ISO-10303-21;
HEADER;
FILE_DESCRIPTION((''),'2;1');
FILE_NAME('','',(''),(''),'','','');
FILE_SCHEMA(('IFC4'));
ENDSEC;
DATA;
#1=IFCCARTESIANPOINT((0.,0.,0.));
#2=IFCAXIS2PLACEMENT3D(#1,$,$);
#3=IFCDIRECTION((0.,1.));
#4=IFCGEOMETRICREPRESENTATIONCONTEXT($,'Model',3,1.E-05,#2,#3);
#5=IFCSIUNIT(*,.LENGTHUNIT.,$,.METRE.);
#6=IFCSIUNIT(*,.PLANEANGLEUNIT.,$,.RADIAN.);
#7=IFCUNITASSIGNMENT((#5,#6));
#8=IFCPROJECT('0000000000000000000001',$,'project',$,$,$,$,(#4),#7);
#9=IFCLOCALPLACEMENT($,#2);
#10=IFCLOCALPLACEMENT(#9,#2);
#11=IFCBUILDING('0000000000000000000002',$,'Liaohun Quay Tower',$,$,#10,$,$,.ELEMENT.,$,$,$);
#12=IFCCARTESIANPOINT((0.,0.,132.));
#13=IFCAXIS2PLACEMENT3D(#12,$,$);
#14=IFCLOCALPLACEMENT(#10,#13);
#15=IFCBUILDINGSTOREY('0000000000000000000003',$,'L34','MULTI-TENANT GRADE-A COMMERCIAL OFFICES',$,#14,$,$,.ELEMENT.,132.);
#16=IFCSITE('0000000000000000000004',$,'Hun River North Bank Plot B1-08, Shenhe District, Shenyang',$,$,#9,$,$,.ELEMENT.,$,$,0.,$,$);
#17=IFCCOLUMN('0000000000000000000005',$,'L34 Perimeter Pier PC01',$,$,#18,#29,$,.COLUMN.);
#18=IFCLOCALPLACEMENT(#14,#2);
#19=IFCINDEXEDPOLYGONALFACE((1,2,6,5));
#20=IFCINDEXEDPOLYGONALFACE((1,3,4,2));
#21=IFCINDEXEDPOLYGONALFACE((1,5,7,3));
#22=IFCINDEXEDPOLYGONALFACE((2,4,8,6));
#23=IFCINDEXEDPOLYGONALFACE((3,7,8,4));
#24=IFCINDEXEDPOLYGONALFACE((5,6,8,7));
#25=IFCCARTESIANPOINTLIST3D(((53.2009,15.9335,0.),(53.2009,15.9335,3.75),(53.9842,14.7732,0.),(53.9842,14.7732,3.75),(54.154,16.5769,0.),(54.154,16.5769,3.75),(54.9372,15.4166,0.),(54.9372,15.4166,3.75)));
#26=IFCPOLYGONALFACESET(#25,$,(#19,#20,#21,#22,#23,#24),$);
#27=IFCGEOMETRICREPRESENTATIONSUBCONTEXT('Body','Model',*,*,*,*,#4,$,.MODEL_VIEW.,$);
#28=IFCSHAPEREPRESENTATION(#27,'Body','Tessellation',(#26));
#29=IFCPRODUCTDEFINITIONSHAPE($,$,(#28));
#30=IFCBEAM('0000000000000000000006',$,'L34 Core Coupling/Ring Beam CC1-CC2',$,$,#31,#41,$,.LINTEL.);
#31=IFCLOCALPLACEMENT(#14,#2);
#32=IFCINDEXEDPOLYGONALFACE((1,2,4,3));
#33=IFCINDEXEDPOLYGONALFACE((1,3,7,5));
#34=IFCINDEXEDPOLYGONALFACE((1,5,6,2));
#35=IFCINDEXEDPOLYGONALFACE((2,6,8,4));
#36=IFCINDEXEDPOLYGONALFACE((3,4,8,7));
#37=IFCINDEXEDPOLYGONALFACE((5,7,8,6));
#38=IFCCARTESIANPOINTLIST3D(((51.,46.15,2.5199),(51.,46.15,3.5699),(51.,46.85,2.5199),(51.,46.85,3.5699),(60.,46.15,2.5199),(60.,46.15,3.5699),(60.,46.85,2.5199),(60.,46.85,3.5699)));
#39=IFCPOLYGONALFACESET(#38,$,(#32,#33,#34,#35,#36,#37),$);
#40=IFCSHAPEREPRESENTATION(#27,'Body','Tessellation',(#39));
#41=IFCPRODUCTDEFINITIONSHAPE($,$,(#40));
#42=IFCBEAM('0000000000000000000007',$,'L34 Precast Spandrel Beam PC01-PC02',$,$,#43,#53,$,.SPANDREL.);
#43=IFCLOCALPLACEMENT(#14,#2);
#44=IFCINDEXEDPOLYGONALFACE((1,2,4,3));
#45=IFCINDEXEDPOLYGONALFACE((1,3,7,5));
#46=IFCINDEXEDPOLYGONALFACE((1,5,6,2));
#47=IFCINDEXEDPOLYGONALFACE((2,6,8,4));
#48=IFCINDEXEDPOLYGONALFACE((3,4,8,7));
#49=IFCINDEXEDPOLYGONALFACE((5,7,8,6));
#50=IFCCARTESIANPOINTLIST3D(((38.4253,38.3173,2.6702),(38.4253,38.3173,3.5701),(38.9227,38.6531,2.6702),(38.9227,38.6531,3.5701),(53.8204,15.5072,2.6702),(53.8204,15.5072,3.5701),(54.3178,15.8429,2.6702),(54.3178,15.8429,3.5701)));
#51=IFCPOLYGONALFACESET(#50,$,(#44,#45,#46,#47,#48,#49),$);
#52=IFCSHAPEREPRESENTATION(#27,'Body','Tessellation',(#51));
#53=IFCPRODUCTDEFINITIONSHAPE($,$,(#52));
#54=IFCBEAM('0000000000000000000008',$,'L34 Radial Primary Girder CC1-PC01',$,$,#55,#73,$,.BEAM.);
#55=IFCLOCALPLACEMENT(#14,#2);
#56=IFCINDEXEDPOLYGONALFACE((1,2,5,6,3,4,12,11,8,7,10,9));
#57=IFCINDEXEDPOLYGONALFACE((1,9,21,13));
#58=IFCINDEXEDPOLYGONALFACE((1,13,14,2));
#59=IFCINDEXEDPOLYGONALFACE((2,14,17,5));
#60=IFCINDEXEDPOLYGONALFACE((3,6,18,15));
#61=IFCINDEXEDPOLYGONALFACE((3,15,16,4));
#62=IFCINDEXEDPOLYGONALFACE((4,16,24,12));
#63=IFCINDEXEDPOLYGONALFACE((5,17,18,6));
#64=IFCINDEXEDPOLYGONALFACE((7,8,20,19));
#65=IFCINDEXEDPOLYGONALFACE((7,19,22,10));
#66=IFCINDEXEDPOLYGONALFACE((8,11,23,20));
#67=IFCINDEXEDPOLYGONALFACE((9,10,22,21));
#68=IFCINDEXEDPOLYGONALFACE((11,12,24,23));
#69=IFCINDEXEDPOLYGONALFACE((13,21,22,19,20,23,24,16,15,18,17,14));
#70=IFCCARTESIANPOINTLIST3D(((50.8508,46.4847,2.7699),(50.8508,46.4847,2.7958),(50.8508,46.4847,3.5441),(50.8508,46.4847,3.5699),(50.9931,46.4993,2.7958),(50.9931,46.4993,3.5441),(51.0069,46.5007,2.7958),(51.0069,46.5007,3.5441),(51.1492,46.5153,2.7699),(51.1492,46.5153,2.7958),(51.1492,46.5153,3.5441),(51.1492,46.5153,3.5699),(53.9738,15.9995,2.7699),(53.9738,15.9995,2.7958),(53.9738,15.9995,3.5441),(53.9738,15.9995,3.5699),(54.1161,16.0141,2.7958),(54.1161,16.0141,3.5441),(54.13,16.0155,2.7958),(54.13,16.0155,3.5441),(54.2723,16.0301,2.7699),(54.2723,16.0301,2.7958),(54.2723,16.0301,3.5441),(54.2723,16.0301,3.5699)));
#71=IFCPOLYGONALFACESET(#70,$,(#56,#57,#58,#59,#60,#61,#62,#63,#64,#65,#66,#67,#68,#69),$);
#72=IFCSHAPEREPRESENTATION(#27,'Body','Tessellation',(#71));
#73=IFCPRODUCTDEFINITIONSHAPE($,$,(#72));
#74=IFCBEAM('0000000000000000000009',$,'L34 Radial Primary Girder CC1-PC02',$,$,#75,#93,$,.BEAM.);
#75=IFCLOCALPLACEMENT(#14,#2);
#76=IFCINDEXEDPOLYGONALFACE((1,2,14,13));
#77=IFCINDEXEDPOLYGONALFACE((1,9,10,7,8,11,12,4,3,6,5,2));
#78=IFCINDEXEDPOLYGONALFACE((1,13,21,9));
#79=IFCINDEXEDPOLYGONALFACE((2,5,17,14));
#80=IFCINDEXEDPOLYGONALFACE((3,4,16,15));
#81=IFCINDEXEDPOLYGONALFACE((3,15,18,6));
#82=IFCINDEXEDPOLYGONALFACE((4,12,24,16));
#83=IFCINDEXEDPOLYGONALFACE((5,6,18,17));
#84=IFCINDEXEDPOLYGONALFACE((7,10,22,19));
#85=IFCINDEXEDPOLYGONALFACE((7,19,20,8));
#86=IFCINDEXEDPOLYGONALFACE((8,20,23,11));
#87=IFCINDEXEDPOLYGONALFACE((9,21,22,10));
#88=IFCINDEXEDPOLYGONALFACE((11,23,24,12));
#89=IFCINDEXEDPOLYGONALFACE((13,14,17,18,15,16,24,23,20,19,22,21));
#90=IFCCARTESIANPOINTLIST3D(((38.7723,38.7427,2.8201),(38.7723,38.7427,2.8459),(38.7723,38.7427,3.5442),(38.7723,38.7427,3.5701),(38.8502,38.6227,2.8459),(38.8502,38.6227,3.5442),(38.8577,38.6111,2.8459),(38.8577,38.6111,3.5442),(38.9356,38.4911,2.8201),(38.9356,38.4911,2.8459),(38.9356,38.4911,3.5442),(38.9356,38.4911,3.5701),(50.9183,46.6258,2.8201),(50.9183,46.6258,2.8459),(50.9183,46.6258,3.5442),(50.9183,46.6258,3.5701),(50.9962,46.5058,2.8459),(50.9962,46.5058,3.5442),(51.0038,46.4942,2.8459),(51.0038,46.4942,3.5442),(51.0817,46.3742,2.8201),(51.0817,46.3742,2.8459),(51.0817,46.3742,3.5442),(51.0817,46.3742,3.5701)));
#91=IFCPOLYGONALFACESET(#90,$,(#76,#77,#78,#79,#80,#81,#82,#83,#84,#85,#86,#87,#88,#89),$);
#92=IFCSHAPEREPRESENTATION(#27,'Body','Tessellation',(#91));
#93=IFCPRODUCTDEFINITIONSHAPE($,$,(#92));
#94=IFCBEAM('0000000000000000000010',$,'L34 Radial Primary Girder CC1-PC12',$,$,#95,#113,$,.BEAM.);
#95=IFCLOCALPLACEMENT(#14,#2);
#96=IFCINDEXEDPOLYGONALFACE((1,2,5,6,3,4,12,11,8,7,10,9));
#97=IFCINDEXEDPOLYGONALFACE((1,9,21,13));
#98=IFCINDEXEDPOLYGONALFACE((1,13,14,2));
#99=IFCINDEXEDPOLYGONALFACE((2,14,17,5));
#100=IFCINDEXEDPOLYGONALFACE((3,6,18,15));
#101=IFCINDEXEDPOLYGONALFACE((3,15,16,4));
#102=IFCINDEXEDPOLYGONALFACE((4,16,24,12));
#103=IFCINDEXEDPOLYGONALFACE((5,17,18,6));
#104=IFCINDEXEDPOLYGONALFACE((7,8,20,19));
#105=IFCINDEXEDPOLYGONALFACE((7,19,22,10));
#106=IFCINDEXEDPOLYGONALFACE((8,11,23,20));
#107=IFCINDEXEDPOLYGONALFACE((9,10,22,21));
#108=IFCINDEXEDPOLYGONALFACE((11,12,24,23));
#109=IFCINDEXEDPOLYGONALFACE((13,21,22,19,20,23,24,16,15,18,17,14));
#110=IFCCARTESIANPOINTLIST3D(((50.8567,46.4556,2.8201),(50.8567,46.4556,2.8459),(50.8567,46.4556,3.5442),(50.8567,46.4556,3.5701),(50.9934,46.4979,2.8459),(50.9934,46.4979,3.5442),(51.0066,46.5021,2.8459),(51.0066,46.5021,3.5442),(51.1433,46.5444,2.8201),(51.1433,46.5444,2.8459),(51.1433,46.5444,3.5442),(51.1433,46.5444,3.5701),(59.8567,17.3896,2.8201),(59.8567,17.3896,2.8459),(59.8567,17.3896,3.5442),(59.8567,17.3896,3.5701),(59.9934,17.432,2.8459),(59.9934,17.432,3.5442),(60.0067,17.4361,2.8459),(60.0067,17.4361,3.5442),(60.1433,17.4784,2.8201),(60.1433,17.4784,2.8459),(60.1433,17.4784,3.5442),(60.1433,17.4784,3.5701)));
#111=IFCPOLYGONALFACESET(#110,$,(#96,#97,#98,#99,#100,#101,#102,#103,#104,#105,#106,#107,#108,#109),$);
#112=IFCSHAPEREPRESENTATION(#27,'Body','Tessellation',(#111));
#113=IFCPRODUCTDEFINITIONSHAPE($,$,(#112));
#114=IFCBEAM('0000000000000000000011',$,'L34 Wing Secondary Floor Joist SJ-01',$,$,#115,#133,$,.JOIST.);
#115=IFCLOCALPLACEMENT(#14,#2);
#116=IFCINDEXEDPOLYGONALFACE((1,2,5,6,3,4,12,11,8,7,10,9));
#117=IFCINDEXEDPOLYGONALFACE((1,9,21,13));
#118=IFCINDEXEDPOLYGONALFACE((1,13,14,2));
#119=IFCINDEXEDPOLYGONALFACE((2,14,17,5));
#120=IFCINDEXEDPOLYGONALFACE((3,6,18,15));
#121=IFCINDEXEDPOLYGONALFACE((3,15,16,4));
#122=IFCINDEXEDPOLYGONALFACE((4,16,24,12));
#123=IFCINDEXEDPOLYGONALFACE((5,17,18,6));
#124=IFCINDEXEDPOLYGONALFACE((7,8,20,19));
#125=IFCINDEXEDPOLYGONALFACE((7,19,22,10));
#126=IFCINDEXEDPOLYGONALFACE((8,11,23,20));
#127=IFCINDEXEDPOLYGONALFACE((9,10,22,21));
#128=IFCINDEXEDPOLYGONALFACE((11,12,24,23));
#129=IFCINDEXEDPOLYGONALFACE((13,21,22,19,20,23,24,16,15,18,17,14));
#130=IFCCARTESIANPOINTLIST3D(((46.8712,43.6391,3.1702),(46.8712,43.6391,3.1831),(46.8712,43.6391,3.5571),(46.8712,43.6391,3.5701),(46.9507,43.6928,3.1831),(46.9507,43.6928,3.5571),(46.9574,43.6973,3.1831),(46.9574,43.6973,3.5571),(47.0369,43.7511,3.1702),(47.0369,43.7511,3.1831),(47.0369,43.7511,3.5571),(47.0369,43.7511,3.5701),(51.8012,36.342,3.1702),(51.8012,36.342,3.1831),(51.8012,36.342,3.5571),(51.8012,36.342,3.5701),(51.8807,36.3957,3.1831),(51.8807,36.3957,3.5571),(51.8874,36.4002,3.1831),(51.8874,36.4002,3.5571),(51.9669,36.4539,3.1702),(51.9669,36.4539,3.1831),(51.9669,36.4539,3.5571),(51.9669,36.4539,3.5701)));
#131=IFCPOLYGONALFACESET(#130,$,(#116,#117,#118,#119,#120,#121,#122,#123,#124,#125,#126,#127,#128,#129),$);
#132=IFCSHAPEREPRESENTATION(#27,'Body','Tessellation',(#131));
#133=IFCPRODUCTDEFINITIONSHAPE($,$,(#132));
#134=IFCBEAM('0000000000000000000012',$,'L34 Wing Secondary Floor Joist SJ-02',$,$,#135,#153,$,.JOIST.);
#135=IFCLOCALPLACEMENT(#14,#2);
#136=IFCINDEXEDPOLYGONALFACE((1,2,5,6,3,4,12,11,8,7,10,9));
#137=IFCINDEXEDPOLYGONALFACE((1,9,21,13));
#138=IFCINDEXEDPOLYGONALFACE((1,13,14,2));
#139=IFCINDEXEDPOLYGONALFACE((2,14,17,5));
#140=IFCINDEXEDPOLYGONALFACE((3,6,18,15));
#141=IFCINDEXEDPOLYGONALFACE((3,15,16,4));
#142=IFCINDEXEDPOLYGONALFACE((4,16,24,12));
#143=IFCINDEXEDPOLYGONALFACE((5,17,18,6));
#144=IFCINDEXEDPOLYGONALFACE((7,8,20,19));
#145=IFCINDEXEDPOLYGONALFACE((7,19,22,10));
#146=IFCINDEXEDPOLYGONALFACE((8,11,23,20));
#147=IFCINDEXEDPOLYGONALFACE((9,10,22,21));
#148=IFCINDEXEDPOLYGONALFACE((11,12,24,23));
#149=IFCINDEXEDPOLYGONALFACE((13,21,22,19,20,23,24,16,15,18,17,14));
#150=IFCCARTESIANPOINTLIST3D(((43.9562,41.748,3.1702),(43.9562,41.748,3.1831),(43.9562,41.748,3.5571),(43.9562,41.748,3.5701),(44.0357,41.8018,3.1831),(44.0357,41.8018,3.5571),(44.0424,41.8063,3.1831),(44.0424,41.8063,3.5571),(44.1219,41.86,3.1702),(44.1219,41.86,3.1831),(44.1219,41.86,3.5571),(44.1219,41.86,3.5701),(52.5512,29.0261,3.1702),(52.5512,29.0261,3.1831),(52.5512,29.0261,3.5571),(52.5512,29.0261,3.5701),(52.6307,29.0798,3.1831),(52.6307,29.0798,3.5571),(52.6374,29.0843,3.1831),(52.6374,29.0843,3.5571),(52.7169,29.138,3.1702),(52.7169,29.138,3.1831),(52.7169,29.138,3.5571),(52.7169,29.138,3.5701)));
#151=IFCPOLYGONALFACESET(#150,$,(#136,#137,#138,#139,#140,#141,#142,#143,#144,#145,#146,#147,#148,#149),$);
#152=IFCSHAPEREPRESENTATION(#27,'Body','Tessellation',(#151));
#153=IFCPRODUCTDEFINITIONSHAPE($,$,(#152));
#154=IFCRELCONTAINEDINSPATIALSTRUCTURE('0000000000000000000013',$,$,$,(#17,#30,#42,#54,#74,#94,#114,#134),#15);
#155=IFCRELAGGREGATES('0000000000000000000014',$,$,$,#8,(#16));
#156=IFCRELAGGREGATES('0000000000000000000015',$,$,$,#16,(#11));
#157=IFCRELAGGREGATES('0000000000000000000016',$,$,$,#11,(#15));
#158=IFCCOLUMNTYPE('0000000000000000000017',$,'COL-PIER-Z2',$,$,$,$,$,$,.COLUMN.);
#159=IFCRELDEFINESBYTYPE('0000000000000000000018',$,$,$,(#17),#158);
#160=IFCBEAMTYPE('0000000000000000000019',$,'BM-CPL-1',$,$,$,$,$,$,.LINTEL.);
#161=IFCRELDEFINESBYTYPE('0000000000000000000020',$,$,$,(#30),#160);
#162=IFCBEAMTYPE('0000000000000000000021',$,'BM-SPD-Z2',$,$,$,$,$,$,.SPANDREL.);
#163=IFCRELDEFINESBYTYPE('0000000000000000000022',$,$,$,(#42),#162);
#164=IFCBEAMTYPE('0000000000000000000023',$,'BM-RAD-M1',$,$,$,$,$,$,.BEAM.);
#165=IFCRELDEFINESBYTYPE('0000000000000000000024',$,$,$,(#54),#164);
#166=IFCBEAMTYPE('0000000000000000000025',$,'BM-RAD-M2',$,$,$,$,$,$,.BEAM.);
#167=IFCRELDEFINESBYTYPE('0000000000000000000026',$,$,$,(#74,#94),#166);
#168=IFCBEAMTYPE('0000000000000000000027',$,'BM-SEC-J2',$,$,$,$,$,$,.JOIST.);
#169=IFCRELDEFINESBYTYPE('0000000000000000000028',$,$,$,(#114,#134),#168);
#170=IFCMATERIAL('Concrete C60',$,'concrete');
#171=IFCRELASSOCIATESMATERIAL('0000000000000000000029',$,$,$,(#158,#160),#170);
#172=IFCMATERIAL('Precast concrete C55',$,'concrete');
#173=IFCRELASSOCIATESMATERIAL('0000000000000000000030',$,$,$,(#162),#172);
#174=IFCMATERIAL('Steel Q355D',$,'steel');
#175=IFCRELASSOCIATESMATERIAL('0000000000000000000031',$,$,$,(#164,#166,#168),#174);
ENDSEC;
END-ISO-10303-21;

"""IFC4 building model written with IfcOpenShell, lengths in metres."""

from ifc_helpers import new_model, si_unit, direction, frame, origin, origin_2d, place, context, subcontext, project, spatial, rectangle, i_section, extrude, source, transform, mapped, material, material_profile, profile_set, type_object, element, save


model = new_model("IFC4")

# Units and contexts
model_context = context("Model", 3, precision=1e-05, world=origin(), true_north=direction((0.0, 1.0)))
body_context = subcontext(model_context, "Body", "Model", "MODEL_VIEW")
ifc_project = project(units=[si_unit("LENGTHUNIT", "METRE"), si_unit("PLANEANGLEUNIT", "RADIAN")], contexts=[model_context])

# Site, building, storey
site_placement = place(None, origin())
site = spatial("IfcSite", under=ifc_project, at=site_placement, Name="Hun River North Bank Plot B1-08, Shenhe District, Shenyang", CompositionType="ELEMENT", RefElevation=0.0)
building_placement = place(site_placement, origin())
building = spatial("IfcBuilding", under=site, at=building_placement, Name="Liaohun Quay Tower", CompositionType="ELEMENT")
storey_placement = place(building_placement, frame((0.0, 0.0, 132.0)))
storey = spatial("IfcBuildingStorey", under=building, at=storey_placement, Name="L34", Description="MULTI-TENANT GRADE-A COMMERCIAL OFFICES", CompositionType="ELEMENT", Elevation=132.0)

# Column
ifc_material_1 = material(Name="Concrete C60", Category="concrete")
ifc_material_profile_1 = material_profile(ifc_material_1, rectangle(XDim=1.3999, YDim=1.1499, at=origin_2d()), Name="RC1400x1150")
ifc_profile_set_1 = profile_set([ifc_material_profile_1], Name="Concrete C60")
column_type = type_object("IfcColumnType", Name="COL-PIER-Z2", PredefinedType="COLUMN", material=ifc_profile_set_1)
shared_shape_1 = source(origin(), body_context, "Body", "SweptSolid", [
    extrude(rectangle(XDim=1.3999, YDim=1.1499, at=origin_2d()), origin(), (0.0, 0.0, 1.0), 3.75),
])
column_placement = place(storey_placement, frame((54.0691, 15.675, 0.0), z_axis=(0.0, 0.0, 1.0), x_axis=(-0.559482, 0.828842, 0.0)))
element("IfcColumn", 1, at=column_placement, inside=storey, type_object=column_type, Name="L34 Perimeter Pier PC01", PredefinedType="COLUMN", context=body_context, shape_type="MappedRepresentation", body=[
    mapped(shared_shape_1, transform((0.0, 0.0, 0.0), x_axis=(1.0, 0.0, 0.0), y_axis=(0.0, 1.0, 0.0), z_axis=(0.0, 0.0, 1.0), scale=1.0)),
])

# Beams
ifc_material_profile_2 = material_profile(ifc_material_1, rectangle(XDim=0.7, YDim=1.05, at=origin_2d()), Name="RC700x1050")
ifc_profile_set_2 = profile_set([ifc_material_profile_2], Name="Concrete C60")
beam_type_1 = type_object("IfcBeamType", Name="BM-CPL-1", PredefinedType="LINTEL", material=ifc_profile_set_2)
shared_shape_2 = source(origin(), body_context, "Body", "SweptSolid", [
    extrude(rectangle(XDim=0.7, YDim=1.05, at=origin_2d()), origin(), (0.0, 0.0, 1.0), 9.0),
])
beam_1_placement = place(storey_placement, frame((51.0, 46.5, 3.0449), z_axis=(1.0, 0.0, 0.0), x_axis=(0.0, 1.0, 0.0)))
element("IfcBeam", 2, at=beam_1_placement, inside=storey, type_object=beam_type_1, Name="L34 Core Coupling/Ring Beam CC1-CC2", PredefinedType="LINTEL", context=body_context, shape_type="MappedRepresentation", body=[
    mapped(shared_shape_2, transform((0.0, 0.0, 0.0), x_axis=(1.0, 0.0, 0.0), y_axis=(0.0, 1.0, 0.0), z_axis=(0.0, 0.0, 1.0), scale=1.0)),
])
ifc_material_2 = material(Name="Precast concrete C55", Category="concrete")
ifc_material_profile_3 = material_profile(ifc_material_2, rectangle(XDim=0.6001, YDim=0.8999, at=origin_2d()), Name="RC600x900")
ifc_profile_set_3 = profile_set([ifc_material_profile_3], Name="Precast concrete C55")
beam_type_2 = type_object("IfcBeamType", Name="BM-SPD-Z2", PredefinedType="SPANDREL", material=ifc_profile_set_3)
shared_shape_3 = source(origin(), body_context, "Body", "SweptSolid", [
    extrude(rectangle(XDim=0.6001, YDim=0.8999, at=origin_2d()), origin(), (0.0, 0.0, 1.0), 27.5193),
])
beam_2_placement = place(storey_placement, frame((54.0691, 15.675, 3.1201), z_axis=(-0.559429, 0.828878, 0.0), x_axis=(-0.828878, -0.559429, 0.0)))
element("IfcBeam", 3, at=beam_2_placement, inside=storey, type_object=beam_type_2, Name="L34 Precast Spandrel Beam PC01-PC02", PredefinedType="SPANDREL", context=body_context, shape_type="MappedRepresentation", body=[
    mapped(shared_shape_3, transform((0.0, 0.0, 0.0), x_axis=(1.0, 0.0, 0.0), y_axis=(0.0, 1.0, 0.0), z_axis=(0.0, 0.0, 1.0), scale=1.0)),
])
ifc_material_3 = material(Name="Steel Q355D", Category="steel")
ifc_material_profile_4 = material_profile(ifc_material_3, i_section(OverallWidth=0.3, OverallDepth=0.8, WebThickness=0.0139, FlangeThickness=0.0259, at=origin_2d()), Name="HN800x300x14x26")
ifc_profile_set_4 = profile_set([ifc_material_profile_4], Name="Steel Q355D")
beam_type_3 = type_object("IfcBeamType", Name="BM-RAD-M1", PredefinedType="BEAM", material=ifc_profile_set_4)
shared_shape_4 = source(origin(), body_context, "Body", "SweptSolid", [
    extrude(i_section(OverallWidth=0.3, OverallDepth=0.8, WebThickness=0.0139, FlangeThickness=0.0259, at=origin_2d()), origin(), (0.0, 0.0, 1.0), 30.6448),
])
beam_3_placement = place(storey_placement, frame((51.0, 46.5, 3.1699), z_axis=(0.101912, -0.994793, 0.0), x_axis=(0.994793, 0.101912, 0.0)))
element("IfcBeam", 4, at=beam_3_placement, inside=storey, type_object=beam_type_3, Name="L34 Radial Primary Girder CC1-PC01", PredefinedType="BEAM", context=body_context, shape_type="MappedRepresentation", body=[
    mapped(shared_shape_4, transform((0.0, 0.0, 0.0), x_axis=(1.0, 0.0, 0.0), y_axis=(0.0, 1.0, 0.0), z_axis=(0.0, 0.0, 1.0), scale=1.0)),
])
ifc_material_profile_5 = material_profile(ifc_material_3, i_section(OverallWidth=0.3, OverallDepth=0.75, WebThickness=0.0139, FlangeThickness=0.0259, at=origin_2d()), Name="HN750x300x14x26")
ifc_profile_set_5 = profile_set([ifc_material_profile_5], Name="Steel Q355D")
beam_type_4 = type_object("IfcBeamType", Name="BM-RAD-M2", PredefinedType="BEAM", material=ifc_profile_set_5)
shared_shape_5 = source(origin(), body_context, "Body", "SweptSolid", [
    extrude(i_section(OverallWidth=0.3, OverallDepth=0.75, WebThickness=0.0139, FlangeThickness=0.0259, at=origin_2d()), origin(), (0.0, 0.0, 1.0), 14.48),
])
beam_4_placement = place(storey_placement, frame((51.0, 46.5, 3.1951), z_axis=(-0.838817, -0.544413, 0.0), x_axis=(0.544413, -0.838817, 0.0)))
element("IfcBeam", 5, at=beam_4_placement, inside=storey, type_object=beam_type_4, Name="L34 Radial Primary Girder CC1-PC02", PredefinedType="BEAM", context=body_context, shape_type="MappedRepresentation", body=[
    mapped(shared_shape_5, transform((0.0, 0.0, 0.0), x_axis=(1.0, 0.0, 0.0), y_axis=(0.0, 1.0, 0.0), z_axis=(0.0, 0.0, 1.0), scale=1.0)),
])
shared_shape_6 = source(origin(), body_context, "Body", "SweptSolid", [
    extrude(i_section(OverallWidth=0.3, OverallDepth=0.75, WebThickness=0.0139, FlangeThickness=0.0259, at=origin_2d()), origin(), (0.0, 0.0, 1.0), 30.4275),
])
beam_5_placement = place(storey_placement, frame((51.0, 46.5, 3.1951), z_axis=(0.295786, -0.955254, 0.0), x_axis=(0.955254, 0.295786, 0.0)))
element("IfcBeam", 6, at=beam_5_placement, inside=storey, type_object=beam_type_4, Name="L34 Radial Primary Girder CC1-PC12", PredefinedType="BEAM", context=body_context, shape_type="MappedRepresentation", body=[
    mapped(shared_shape_6, transform((0.0, 0.0, 0.0), x_axis=(1.0, 0.0, 0.0), y_axis=(0.0, 1.0, 0.0), z_axis=(0.0, 0.0, 1.0), scale=1.0)),
])
ifc_material_profile_6 = material_profile(ifc_material_3, i_section(OverallWidth=0.2, OverallDepth=0.3999, WebThickness=0.0081, FlangeThickness=0.0129, at=origin_2d()), Name="HN400x200x8x13")
ifc_profile_set_6 = profile_set([ifc_material_profile_6], Name="Steel Q355D")
beam_type_5 = type_object("IfcBeamType", Name="BM-SEC-J2", PredefinedType="JOIST", material=ifc_profile_set_6)
shared_shape_7 = source(origin(), body_context, "Body", "SweptSolid", [
    extrude(i_section(OverallWidth=0.2, OverallDepth=0.3999, WebThickness=0.0081, FlangeThickness=0.0129, at=origin_2d()), origin(), (0.0, 0.0, 1.0), 8.8064),
])
beam_6_placement = place(storey_placement, frame((51.884, 36.3979, 3.3701), z_axis=(-0.559814, 0.828618, 0.0), x_axis=(-0.828618, -0.559814, 0.0)))
element("IfcBeam", 7, at=beam_6_placement, inside=storey, type_object=beam_type_5, Name="L34 Wing Secondary Floor Joist SJ-01", PredefinedType="JOIST", context=body_context, shape_type="MappedRepresentation", body=[
    mapped(shared_shape_7, transform((0.0, 0.0, 0.0), x_axis=(1.0, 0.0, 0.0), y_axis=(0.0, 1.0, 0.0), z_axis=(0.0, 0.0, 1.0), scale=1.0)),
])
shared_shape_8 = source(origin(), body_context, "Body", "SweptSolid", [
    extrude(i_section(OverallWidth=0.2, OverallDepth=0.3999, WebThickness=0.0081, FlangeThickness=0.0129, at=origin_2d()), origin(), (0.0, 0.0, 1.0), 15.3533),
])
beam_7_placement = place(storey_placement, frame((52.634, 29.082, 3.3701), z_axis=(-0.559816, 0.828617, 0.0), x_axis=(-0.828617, -0.559816, 0.0)))
element("IfcBeam", 8, at=beam_7_placement, inside=storey, type_object=beam_type_5, Name="L34 Wing Secondary Floor Joist SJ-02", PredefinedType="JOIST", context=body_context, shape_type="MappedRepresentation", body=[
    mapped(shared_shape_8, transform((0.0, 0.0, 0.0), x_axis=(1.0, 0.0, 0.0), y_axis=(0.0, 1.0, 0.0), z_axis=(0.0, 0.0, 1.0), scale=1.0)),
])

save(model, "model.ifc")
